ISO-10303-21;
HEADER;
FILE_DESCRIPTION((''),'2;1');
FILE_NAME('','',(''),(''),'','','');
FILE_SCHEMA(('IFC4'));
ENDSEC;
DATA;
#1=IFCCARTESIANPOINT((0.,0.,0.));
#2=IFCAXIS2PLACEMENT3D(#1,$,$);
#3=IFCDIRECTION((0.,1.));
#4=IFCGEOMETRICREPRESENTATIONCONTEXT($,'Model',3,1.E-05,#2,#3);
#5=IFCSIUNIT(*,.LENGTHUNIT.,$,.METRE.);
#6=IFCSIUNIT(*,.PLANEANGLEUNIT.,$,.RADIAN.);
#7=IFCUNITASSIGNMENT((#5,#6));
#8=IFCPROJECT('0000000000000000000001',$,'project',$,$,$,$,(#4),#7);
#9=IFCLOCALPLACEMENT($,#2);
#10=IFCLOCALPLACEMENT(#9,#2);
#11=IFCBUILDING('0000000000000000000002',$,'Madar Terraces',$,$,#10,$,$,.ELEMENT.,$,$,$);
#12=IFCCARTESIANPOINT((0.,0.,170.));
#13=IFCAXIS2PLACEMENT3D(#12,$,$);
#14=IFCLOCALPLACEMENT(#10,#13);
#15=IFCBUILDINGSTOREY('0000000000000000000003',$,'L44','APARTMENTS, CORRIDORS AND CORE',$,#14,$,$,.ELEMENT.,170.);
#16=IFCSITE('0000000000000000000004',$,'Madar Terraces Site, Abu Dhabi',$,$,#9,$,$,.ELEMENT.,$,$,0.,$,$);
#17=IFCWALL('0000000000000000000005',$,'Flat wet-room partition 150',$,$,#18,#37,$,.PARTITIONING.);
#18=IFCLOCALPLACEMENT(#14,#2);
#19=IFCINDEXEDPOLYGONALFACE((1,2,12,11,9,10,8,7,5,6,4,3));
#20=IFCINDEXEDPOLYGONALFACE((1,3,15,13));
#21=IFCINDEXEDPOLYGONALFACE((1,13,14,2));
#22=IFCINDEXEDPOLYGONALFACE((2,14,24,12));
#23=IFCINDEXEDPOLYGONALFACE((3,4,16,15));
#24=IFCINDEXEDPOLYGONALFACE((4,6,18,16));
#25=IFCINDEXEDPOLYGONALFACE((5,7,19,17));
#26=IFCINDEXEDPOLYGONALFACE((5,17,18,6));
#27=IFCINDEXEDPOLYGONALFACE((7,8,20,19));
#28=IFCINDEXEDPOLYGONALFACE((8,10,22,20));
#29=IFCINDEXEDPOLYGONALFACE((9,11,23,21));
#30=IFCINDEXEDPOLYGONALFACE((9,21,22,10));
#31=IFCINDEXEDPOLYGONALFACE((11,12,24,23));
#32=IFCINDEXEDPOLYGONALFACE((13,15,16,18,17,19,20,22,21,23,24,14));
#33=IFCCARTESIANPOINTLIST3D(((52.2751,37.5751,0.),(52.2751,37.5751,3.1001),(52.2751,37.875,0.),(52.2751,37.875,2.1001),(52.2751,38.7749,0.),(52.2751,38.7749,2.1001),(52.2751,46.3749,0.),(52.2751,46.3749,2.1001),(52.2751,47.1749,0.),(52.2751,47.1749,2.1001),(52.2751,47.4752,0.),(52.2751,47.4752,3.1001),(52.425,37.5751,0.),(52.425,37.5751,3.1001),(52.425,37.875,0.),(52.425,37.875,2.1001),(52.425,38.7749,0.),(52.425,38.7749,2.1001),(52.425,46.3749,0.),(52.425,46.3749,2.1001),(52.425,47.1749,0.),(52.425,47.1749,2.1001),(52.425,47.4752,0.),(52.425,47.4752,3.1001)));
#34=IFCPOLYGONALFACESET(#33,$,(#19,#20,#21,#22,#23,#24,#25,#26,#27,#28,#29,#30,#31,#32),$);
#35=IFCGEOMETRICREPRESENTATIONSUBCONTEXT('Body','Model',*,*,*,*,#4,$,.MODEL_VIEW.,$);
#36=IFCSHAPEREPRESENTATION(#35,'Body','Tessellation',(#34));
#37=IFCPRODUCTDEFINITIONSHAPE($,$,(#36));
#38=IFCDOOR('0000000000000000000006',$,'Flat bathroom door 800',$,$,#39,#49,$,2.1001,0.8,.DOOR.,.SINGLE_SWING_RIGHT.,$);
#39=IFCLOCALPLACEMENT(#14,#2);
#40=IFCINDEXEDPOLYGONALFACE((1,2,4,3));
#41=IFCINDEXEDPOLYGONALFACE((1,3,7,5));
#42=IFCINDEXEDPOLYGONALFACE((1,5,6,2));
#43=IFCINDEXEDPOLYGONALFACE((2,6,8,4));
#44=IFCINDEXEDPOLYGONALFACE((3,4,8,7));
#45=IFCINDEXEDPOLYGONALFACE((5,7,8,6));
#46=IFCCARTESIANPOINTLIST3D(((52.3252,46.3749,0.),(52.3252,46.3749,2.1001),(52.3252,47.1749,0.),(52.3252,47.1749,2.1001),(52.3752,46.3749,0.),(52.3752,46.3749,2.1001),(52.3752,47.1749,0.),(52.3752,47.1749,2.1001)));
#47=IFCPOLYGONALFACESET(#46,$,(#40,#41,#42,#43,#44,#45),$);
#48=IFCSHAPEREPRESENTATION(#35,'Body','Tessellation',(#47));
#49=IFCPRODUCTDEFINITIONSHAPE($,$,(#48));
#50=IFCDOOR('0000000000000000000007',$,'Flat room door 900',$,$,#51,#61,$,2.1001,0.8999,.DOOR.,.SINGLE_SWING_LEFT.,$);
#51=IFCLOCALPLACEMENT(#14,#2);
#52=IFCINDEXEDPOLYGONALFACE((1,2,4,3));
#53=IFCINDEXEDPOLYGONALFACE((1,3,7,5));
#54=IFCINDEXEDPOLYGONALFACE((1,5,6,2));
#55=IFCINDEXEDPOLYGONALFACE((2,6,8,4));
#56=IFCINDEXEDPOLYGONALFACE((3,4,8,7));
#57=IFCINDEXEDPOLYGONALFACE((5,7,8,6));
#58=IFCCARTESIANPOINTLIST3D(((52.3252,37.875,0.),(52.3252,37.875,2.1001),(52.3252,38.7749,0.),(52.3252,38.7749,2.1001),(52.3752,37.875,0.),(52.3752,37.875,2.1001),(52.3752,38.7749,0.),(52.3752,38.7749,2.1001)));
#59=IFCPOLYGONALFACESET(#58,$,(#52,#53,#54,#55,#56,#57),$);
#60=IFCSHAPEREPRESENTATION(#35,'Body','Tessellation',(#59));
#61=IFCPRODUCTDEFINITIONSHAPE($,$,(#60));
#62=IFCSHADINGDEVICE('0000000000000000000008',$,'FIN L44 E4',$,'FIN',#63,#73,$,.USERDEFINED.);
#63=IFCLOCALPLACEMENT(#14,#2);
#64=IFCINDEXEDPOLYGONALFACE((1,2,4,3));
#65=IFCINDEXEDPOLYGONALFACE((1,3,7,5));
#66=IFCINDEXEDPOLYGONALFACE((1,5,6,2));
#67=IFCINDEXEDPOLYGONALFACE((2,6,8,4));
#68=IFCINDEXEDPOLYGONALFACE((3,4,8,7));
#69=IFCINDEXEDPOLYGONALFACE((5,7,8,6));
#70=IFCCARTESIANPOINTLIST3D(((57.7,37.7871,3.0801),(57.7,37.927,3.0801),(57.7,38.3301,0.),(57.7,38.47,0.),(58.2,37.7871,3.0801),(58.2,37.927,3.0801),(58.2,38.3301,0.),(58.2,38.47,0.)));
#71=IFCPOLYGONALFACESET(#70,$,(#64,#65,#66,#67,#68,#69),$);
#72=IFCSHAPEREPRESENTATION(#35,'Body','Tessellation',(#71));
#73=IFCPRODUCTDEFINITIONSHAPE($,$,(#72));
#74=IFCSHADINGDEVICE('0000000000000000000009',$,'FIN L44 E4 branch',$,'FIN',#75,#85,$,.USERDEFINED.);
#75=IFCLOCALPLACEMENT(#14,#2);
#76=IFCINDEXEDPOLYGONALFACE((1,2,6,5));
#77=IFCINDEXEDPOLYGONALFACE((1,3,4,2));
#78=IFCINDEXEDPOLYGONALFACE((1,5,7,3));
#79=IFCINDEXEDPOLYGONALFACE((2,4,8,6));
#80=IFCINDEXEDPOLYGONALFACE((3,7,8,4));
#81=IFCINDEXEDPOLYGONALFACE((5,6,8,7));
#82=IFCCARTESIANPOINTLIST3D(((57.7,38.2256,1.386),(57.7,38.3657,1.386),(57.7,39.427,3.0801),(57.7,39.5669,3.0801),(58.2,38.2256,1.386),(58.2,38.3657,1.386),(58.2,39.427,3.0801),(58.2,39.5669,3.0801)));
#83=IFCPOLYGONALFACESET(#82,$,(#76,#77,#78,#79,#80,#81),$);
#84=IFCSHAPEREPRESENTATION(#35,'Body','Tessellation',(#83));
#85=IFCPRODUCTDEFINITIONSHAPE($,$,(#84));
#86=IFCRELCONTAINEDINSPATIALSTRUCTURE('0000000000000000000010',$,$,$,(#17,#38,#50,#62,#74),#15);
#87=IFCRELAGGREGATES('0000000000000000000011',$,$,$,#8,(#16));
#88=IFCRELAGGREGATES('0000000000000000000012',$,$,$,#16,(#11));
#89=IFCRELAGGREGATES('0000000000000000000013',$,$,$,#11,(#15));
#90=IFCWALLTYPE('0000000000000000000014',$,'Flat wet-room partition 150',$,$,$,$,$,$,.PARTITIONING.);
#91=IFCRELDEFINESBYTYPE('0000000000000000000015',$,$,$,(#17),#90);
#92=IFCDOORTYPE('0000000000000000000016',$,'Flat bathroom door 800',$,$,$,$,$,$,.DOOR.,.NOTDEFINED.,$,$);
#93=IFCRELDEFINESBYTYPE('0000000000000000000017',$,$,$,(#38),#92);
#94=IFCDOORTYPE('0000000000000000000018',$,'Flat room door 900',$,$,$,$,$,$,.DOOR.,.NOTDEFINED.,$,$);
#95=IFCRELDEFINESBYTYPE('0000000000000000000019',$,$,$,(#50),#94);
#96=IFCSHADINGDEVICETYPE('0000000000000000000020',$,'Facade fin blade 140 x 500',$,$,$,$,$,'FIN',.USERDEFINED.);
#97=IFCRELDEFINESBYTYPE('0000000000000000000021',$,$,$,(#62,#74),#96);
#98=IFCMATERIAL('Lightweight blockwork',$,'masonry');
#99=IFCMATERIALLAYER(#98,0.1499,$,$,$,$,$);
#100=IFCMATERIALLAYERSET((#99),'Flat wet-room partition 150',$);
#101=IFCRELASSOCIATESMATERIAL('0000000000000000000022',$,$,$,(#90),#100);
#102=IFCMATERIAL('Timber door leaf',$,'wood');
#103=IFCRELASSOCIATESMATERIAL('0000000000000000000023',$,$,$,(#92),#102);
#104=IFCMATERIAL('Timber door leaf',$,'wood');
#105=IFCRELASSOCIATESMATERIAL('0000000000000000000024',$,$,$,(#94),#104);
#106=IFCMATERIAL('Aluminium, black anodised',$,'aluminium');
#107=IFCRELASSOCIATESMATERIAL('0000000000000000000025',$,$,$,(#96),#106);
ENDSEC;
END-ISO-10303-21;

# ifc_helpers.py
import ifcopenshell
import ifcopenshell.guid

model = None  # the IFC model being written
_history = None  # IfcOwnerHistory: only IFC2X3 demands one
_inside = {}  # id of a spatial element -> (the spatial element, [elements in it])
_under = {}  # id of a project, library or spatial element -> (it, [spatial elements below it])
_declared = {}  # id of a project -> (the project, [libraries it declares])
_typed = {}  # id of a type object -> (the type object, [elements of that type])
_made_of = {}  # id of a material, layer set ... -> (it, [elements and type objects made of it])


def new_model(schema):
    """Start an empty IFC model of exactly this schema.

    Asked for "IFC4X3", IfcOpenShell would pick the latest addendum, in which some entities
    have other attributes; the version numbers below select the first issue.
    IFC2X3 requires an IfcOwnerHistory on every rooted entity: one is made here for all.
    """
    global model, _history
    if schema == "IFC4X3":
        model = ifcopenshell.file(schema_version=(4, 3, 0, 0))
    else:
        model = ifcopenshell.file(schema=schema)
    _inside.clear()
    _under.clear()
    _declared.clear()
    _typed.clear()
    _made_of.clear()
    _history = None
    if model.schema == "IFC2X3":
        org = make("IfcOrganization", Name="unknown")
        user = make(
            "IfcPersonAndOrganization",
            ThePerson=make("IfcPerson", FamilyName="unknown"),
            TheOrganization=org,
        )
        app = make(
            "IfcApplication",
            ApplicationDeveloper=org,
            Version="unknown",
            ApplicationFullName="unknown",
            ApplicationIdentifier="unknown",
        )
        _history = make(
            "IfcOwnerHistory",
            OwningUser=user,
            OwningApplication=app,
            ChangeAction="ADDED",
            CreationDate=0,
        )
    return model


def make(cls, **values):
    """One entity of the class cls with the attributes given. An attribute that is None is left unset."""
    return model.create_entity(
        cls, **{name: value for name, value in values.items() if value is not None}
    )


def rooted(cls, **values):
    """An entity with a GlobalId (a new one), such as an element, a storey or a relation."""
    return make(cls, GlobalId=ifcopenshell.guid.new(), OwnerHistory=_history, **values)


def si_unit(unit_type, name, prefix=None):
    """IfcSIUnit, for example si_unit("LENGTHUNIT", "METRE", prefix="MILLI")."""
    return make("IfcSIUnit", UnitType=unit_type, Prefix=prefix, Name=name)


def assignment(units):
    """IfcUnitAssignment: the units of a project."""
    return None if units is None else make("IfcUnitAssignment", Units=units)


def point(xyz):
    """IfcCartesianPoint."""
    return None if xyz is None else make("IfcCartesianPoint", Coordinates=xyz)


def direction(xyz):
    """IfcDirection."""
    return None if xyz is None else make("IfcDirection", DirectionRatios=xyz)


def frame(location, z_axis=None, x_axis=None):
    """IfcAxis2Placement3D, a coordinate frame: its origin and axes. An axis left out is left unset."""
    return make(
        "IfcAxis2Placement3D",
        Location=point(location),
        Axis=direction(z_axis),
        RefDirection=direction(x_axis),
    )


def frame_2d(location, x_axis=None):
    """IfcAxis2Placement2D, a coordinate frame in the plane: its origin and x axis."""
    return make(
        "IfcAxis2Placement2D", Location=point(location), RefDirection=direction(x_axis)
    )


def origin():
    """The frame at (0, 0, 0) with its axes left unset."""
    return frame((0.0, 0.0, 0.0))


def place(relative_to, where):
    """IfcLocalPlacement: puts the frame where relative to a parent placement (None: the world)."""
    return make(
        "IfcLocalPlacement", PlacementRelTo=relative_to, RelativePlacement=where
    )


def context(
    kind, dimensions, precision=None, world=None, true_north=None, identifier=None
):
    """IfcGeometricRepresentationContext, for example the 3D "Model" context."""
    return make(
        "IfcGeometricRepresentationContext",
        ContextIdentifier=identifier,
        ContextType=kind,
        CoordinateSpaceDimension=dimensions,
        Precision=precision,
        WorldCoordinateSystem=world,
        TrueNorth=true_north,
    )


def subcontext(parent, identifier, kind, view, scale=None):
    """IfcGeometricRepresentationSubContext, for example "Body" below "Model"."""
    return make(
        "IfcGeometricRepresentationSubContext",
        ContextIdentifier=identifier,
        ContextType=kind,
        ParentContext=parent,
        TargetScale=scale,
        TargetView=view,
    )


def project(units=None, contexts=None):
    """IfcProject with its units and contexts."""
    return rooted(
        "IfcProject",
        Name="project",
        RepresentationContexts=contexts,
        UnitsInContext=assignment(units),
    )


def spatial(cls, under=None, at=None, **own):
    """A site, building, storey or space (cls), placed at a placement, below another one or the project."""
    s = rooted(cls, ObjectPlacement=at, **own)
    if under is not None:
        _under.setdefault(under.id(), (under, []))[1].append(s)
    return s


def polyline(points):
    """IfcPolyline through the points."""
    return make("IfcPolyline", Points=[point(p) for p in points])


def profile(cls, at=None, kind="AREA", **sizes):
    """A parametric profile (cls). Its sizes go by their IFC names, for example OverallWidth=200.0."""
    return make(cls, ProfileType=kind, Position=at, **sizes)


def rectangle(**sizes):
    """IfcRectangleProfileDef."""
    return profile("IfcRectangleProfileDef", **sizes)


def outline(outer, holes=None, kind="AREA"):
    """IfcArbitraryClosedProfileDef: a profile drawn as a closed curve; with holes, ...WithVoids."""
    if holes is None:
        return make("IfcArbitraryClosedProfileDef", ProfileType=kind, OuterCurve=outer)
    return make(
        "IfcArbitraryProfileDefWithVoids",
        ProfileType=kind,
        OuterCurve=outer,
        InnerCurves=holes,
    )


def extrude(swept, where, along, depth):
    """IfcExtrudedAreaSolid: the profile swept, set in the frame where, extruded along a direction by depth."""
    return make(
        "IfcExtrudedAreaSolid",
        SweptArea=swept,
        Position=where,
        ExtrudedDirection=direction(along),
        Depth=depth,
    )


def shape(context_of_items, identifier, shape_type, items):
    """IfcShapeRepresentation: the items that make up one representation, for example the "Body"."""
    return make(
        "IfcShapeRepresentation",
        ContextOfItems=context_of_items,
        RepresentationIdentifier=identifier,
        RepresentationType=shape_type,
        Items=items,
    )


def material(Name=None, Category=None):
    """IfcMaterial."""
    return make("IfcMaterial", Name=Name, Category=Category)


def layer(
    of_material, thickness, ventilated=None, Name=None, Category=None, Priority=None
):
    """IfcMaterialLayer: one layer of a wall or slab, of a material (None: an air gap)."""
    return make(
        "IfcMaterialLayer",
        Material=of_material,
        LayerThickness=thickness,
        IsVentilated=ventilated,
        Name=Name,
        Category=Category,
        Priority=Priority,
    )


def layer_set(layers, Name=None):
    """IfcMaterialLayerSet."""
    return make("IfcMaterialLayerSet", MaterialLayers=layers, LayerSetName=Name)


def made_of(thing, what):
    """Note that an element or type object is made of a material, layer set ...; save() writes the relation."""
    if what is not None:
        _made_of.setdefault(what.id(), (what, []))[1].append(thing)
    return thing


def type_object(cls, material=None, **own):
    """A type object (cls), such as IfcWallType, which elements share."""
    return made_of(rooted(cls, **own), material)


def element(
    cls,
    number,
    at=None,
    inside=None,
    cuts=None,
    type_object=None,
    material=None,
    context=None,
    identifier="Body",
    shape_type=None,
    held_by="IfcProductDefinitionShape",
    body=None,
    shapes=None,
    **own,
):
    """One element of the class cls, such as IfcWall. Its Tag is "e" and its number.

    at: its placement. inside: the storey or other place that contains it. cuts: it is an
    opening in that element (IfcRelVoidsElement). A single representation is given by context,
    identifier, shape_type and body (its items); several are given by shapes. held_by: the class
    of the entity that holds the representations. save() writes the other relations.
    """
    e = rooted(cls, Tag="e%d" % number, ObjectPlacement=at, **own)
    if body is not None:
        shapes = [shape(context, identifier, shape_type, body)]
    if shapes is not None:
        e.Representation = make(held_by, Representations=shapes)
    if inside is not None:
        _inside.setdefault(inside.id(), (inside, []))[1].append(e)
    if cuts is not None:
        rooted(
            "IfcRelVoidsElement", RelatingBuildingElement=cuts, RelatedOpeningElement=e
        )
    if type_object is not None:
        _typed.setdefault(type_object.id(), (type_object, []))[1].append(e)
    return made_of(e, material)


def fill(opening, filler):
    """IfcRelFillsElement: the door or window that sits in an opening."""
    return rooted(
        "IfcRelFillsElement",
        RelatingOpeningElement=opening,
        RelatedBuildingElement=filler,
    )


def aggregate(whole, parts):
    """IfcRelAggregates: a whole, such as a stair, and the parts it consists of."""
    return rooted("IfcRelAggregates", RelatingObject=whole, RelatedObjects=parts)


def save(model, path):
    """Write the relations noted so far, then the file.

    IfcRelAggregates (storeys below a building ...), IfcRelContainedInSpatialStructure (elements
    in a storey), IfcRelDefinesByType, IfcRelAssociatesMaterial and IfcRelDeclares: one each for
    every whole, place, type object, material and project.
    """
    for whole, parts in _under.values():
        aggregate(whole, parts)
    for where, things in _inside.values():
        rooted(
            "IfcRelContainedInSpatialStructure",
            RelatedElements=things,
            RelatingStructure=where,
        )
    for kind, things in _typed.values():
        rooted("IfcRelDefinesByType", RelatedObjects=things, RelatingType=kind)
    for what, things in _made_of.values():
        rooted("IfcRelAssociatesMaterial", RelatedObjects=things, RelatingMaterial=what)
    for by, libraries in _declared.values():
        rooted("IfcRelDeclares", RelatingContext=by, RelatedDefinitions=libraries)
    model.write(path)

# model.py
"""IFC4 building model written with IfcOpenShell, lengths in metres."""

from ifc_helpers import new_model, si_unit, direction, frame, frame_2d, origin, place, context, subcontext, project, spatial, polyline, rectangle, outline, extrude, material, layer, layer_set, type_object, element, fill, save


model = new_model("IFC4")

# Units and contexts
model_context = context("Model", 3, precision=1e-05, world=origin(), true_north=direction((0.0, 1.0)))
body_context = subcontext(model_context, "Body", "Model", "MODEL_VIEW")
ifc_project = project(units=[si_unit("LENGTHUNIT", "METRE"), si_unit("PLANEANGLEUNIT", "RADIAN")], contexts=[model_context])

# Site, building, storey
site_placement = place(None, origin())
site = spatial("IfcSite", under=ifc_project, at=site_placement, Name="Madar Terraces Site, Abu Dhabi", CompositionType="ELEMENT", RefElevation=0.0)
building_placement = place(site_placement, origin())
building = spatial("IfcBuilding", under=site, at=building_placement, Name="Madar Terraces", CompositionType="ELEMENT")
storey_placement = place(building_placement, frame((0.0, 0.0, 170.0)))
storey = spatial("IfcBuildingStorey", under=building, at=storey_placement, Name="L44", Description="APARTMENTS, CORRIDORS AND CORE", CompositionType="ELEMENT", Elevation=170.0)

# Shared definitions
ifc_material_1 = material(Name="Lightweight blockwork", Category="masonry")
ifc_layer_1 = layer(ifc_material_1, 0.1499)
ifc_layer_set_1 = layer_set([ifc_layer_1], Name="Flat wet-room partition 150")
wall_type_1 = type_object("IfcWallType", Name="Flat wet-room partition 150", PredefinedType="PARTITIONING", material=ifc_layer_set_1)

# Wall, openings, doors
wall_1_placement = place(storey_placement, frame((52.3501, 37.575, 0.0), z_axis=(0.0, 0.0, 1.0), x_axis=(0.0, 1.0, 0.0)))
wall_1 = element("IfcWall", 1, at=wall_1_placement, inside=storey, type_object=wall_type_1, Name="Flat wet-room partition 150", PredefinedType="PARTITIONING", context=body_context, shape_type="SweptSolid", body=[
    extrude(rectangle(XDim=9.9001, YDim=0.1499, at=frame_2d((4.9502, 0.0))), origin(), (0.0, 0.0, 1.0), 3.1001),
])
opening_1_placement = place(wall_1_placement, frame((0.3, 0.0, 0.0)))
opening_1 = element("IfcOpeningElement", 2, at=opening_1_placement, cuts=wall_1, PredefinedType="OPENING", context=body_context, shape_type="SweptSolid", body=[
    extrude(rectangle(XDim=0.8999, YDim=2.1001, at=frame_2d((0.45, 1.05))), frame((0.0, 0.085, 0.0), z_axis=(0.0, -1.0, 0.0), x_axis=(1.0, 0.0, 0.0)), (0.0, 0.0, 1.0), 0.1699),
])
opening_2_placement = place(wall_1_placement, frame((8.8, 0.0, 0.0)))
opening_2 = element("IfcOpeningElement", 3, at=opening_2_placement, cuts=wall_1, PredefinedType="OPENING", context=body_context, shape_type="SweptSolid", body=[
    extrude(rectangle(XDim=0.8, YDim=2.1001, at=frame_2d((0.3999, 1.05))), frame((0.0, 0.085, 0.0), z_axis=(0.0, -1.0, 0.0), x_axis=(1.0, 0.0, 0.0)), (0.0, 0.0, 1.0), 0.1699),
])
ifc_material_2 = material(Name="Timber door leaf", Category="wood")
door_type_1 = type_object("IfcDoorType", Name="Flat bathroom door 800", OperationType="NOTDEFINED", PredefinedType="DOOR", material=ifc_material_2)
door_1_placement = place(opening_2_placement, origin())
door_1 = element("IfcDoor", 4, at=door_1_placement, inside=storey, type_object=door_type_1, Name="Flat bathroom door 800", OperationType="SINGLE_SWING_RIGHT", OverallHeight=2.1001, OverallWidth=0.8, PredefinedType="DOOR", context=body_context, shape_type="SweptSolid", body=[
    extrude(rectangle(XDim=0.8, YDim=2.1001, at=frame_2d((0.3999, 1.05))), frame((0.0, 0.0249, 0.0), z_axis=(0.0, -1.0, 0.0), x_axis=(1.0, 0.0, 0.0)), (0.0, 0.0, 1.0), 0.05),
])
fill(opening_2, door_1)
ifc_material_3 = material(Name="Timber door leaf", Category="wood")
door_type_2 = type_object("IfcDoorType", Name="Flat room door 900", OperationType="NOTDEFINED", PredefinedType="DOOR", material=ifc_material_3)
door_2_placement = place(opening_1_placement, origin())
door_2 = element("IfcDoor", 5, at=door_2_placement, inside=storey, type_object=door_type_2, Name="Flat room door 900", OperationType="SINGLE_SWING_LEFT", OverallHeight=2.1001, OverallWidth=0.8999, PredefinedType="DOOR", context=body_context, shape_type="SweptSolid", body=[
    extrude(rectangle(XDim=0.8999, YDim=2.1001, at=frame_2d((0.45, 1.05))), frame((0.0, 0.0249, 0.0), z_axis=(0.0, -1.0, 0.0), x_axis=(1.0, 0.0, 0.0)), (0.0, 0.0, 1.0), 0.05),
])
fill(opening_1, door_2)

# Shading devices
ifc_material_4 = material(Name="Aluminium, black anodised", Category="aluminium")
shading_device_type = type_object("IfcShadingDeviceType", Name="Facade fin blade 140 x 500", ElementType="FIN", PredefinedType="USERDEFINED", material=ifc_material_4)
shading_device_1_placement = place(storey_placement, frame((57.95, 38.3301, 0.0), z_axis=(0.0, 0.0, 1.0), x_axis=(0.0, 1.0, 0.0)))
element("IfcShadingDevice", 6, at=shading_device_1_placement, inside=storey, type_object=shading_device_type, Name="FIN L44 E4", ObjectType="FIN", PredefinedType="USERDEFINED", context=body_context, shape_type="SweptSolid", body=[
    extrude(outline(polyline([(0.0, 0.0), (0.1399, 0.0), (-0.4031, 3.0801), (-0.543, 3.0801), (0.0, 0.0)])), frame((0.0, 0.25, 0.0), z_axis=(0.0, -1.0, 0.0), x_axis=(1.0, 0.0, 0.0)), (0.0, 0.0, 1.0), 0.5),
])
shading_device_2_placement = place(storey_placement, frame((57.95, 38.2256, 1.386), z_axis=(0.0, 0.0, 1.0), x_axis=(0.0, 1.0, 0.0)))
element("IfcShadingDevice", 7, at=shading_device_2_placement, inside=storey, type_object=shading_device_type, Name="FIN L44 E4 branch", ObjectType="FIN", PredefinedType="USERDEFINED", context=body_context, shape_type="SweptSolid", body=[
    extrude(outline(polyline([(0.0, 0.0), (0.1401, 0.0), (1.3413, 1.6941), (1.2014, 1.6941), (0.0, 0.0)])), frame((0.0, 0.25, 0.0), z_axis=(0.0, -1.0, 0.0), x_axis=(1.0, 0.0, 0.0)), (0.0, 0.0, 1.0), 0.5),
])

save(model, "model.ifc")
